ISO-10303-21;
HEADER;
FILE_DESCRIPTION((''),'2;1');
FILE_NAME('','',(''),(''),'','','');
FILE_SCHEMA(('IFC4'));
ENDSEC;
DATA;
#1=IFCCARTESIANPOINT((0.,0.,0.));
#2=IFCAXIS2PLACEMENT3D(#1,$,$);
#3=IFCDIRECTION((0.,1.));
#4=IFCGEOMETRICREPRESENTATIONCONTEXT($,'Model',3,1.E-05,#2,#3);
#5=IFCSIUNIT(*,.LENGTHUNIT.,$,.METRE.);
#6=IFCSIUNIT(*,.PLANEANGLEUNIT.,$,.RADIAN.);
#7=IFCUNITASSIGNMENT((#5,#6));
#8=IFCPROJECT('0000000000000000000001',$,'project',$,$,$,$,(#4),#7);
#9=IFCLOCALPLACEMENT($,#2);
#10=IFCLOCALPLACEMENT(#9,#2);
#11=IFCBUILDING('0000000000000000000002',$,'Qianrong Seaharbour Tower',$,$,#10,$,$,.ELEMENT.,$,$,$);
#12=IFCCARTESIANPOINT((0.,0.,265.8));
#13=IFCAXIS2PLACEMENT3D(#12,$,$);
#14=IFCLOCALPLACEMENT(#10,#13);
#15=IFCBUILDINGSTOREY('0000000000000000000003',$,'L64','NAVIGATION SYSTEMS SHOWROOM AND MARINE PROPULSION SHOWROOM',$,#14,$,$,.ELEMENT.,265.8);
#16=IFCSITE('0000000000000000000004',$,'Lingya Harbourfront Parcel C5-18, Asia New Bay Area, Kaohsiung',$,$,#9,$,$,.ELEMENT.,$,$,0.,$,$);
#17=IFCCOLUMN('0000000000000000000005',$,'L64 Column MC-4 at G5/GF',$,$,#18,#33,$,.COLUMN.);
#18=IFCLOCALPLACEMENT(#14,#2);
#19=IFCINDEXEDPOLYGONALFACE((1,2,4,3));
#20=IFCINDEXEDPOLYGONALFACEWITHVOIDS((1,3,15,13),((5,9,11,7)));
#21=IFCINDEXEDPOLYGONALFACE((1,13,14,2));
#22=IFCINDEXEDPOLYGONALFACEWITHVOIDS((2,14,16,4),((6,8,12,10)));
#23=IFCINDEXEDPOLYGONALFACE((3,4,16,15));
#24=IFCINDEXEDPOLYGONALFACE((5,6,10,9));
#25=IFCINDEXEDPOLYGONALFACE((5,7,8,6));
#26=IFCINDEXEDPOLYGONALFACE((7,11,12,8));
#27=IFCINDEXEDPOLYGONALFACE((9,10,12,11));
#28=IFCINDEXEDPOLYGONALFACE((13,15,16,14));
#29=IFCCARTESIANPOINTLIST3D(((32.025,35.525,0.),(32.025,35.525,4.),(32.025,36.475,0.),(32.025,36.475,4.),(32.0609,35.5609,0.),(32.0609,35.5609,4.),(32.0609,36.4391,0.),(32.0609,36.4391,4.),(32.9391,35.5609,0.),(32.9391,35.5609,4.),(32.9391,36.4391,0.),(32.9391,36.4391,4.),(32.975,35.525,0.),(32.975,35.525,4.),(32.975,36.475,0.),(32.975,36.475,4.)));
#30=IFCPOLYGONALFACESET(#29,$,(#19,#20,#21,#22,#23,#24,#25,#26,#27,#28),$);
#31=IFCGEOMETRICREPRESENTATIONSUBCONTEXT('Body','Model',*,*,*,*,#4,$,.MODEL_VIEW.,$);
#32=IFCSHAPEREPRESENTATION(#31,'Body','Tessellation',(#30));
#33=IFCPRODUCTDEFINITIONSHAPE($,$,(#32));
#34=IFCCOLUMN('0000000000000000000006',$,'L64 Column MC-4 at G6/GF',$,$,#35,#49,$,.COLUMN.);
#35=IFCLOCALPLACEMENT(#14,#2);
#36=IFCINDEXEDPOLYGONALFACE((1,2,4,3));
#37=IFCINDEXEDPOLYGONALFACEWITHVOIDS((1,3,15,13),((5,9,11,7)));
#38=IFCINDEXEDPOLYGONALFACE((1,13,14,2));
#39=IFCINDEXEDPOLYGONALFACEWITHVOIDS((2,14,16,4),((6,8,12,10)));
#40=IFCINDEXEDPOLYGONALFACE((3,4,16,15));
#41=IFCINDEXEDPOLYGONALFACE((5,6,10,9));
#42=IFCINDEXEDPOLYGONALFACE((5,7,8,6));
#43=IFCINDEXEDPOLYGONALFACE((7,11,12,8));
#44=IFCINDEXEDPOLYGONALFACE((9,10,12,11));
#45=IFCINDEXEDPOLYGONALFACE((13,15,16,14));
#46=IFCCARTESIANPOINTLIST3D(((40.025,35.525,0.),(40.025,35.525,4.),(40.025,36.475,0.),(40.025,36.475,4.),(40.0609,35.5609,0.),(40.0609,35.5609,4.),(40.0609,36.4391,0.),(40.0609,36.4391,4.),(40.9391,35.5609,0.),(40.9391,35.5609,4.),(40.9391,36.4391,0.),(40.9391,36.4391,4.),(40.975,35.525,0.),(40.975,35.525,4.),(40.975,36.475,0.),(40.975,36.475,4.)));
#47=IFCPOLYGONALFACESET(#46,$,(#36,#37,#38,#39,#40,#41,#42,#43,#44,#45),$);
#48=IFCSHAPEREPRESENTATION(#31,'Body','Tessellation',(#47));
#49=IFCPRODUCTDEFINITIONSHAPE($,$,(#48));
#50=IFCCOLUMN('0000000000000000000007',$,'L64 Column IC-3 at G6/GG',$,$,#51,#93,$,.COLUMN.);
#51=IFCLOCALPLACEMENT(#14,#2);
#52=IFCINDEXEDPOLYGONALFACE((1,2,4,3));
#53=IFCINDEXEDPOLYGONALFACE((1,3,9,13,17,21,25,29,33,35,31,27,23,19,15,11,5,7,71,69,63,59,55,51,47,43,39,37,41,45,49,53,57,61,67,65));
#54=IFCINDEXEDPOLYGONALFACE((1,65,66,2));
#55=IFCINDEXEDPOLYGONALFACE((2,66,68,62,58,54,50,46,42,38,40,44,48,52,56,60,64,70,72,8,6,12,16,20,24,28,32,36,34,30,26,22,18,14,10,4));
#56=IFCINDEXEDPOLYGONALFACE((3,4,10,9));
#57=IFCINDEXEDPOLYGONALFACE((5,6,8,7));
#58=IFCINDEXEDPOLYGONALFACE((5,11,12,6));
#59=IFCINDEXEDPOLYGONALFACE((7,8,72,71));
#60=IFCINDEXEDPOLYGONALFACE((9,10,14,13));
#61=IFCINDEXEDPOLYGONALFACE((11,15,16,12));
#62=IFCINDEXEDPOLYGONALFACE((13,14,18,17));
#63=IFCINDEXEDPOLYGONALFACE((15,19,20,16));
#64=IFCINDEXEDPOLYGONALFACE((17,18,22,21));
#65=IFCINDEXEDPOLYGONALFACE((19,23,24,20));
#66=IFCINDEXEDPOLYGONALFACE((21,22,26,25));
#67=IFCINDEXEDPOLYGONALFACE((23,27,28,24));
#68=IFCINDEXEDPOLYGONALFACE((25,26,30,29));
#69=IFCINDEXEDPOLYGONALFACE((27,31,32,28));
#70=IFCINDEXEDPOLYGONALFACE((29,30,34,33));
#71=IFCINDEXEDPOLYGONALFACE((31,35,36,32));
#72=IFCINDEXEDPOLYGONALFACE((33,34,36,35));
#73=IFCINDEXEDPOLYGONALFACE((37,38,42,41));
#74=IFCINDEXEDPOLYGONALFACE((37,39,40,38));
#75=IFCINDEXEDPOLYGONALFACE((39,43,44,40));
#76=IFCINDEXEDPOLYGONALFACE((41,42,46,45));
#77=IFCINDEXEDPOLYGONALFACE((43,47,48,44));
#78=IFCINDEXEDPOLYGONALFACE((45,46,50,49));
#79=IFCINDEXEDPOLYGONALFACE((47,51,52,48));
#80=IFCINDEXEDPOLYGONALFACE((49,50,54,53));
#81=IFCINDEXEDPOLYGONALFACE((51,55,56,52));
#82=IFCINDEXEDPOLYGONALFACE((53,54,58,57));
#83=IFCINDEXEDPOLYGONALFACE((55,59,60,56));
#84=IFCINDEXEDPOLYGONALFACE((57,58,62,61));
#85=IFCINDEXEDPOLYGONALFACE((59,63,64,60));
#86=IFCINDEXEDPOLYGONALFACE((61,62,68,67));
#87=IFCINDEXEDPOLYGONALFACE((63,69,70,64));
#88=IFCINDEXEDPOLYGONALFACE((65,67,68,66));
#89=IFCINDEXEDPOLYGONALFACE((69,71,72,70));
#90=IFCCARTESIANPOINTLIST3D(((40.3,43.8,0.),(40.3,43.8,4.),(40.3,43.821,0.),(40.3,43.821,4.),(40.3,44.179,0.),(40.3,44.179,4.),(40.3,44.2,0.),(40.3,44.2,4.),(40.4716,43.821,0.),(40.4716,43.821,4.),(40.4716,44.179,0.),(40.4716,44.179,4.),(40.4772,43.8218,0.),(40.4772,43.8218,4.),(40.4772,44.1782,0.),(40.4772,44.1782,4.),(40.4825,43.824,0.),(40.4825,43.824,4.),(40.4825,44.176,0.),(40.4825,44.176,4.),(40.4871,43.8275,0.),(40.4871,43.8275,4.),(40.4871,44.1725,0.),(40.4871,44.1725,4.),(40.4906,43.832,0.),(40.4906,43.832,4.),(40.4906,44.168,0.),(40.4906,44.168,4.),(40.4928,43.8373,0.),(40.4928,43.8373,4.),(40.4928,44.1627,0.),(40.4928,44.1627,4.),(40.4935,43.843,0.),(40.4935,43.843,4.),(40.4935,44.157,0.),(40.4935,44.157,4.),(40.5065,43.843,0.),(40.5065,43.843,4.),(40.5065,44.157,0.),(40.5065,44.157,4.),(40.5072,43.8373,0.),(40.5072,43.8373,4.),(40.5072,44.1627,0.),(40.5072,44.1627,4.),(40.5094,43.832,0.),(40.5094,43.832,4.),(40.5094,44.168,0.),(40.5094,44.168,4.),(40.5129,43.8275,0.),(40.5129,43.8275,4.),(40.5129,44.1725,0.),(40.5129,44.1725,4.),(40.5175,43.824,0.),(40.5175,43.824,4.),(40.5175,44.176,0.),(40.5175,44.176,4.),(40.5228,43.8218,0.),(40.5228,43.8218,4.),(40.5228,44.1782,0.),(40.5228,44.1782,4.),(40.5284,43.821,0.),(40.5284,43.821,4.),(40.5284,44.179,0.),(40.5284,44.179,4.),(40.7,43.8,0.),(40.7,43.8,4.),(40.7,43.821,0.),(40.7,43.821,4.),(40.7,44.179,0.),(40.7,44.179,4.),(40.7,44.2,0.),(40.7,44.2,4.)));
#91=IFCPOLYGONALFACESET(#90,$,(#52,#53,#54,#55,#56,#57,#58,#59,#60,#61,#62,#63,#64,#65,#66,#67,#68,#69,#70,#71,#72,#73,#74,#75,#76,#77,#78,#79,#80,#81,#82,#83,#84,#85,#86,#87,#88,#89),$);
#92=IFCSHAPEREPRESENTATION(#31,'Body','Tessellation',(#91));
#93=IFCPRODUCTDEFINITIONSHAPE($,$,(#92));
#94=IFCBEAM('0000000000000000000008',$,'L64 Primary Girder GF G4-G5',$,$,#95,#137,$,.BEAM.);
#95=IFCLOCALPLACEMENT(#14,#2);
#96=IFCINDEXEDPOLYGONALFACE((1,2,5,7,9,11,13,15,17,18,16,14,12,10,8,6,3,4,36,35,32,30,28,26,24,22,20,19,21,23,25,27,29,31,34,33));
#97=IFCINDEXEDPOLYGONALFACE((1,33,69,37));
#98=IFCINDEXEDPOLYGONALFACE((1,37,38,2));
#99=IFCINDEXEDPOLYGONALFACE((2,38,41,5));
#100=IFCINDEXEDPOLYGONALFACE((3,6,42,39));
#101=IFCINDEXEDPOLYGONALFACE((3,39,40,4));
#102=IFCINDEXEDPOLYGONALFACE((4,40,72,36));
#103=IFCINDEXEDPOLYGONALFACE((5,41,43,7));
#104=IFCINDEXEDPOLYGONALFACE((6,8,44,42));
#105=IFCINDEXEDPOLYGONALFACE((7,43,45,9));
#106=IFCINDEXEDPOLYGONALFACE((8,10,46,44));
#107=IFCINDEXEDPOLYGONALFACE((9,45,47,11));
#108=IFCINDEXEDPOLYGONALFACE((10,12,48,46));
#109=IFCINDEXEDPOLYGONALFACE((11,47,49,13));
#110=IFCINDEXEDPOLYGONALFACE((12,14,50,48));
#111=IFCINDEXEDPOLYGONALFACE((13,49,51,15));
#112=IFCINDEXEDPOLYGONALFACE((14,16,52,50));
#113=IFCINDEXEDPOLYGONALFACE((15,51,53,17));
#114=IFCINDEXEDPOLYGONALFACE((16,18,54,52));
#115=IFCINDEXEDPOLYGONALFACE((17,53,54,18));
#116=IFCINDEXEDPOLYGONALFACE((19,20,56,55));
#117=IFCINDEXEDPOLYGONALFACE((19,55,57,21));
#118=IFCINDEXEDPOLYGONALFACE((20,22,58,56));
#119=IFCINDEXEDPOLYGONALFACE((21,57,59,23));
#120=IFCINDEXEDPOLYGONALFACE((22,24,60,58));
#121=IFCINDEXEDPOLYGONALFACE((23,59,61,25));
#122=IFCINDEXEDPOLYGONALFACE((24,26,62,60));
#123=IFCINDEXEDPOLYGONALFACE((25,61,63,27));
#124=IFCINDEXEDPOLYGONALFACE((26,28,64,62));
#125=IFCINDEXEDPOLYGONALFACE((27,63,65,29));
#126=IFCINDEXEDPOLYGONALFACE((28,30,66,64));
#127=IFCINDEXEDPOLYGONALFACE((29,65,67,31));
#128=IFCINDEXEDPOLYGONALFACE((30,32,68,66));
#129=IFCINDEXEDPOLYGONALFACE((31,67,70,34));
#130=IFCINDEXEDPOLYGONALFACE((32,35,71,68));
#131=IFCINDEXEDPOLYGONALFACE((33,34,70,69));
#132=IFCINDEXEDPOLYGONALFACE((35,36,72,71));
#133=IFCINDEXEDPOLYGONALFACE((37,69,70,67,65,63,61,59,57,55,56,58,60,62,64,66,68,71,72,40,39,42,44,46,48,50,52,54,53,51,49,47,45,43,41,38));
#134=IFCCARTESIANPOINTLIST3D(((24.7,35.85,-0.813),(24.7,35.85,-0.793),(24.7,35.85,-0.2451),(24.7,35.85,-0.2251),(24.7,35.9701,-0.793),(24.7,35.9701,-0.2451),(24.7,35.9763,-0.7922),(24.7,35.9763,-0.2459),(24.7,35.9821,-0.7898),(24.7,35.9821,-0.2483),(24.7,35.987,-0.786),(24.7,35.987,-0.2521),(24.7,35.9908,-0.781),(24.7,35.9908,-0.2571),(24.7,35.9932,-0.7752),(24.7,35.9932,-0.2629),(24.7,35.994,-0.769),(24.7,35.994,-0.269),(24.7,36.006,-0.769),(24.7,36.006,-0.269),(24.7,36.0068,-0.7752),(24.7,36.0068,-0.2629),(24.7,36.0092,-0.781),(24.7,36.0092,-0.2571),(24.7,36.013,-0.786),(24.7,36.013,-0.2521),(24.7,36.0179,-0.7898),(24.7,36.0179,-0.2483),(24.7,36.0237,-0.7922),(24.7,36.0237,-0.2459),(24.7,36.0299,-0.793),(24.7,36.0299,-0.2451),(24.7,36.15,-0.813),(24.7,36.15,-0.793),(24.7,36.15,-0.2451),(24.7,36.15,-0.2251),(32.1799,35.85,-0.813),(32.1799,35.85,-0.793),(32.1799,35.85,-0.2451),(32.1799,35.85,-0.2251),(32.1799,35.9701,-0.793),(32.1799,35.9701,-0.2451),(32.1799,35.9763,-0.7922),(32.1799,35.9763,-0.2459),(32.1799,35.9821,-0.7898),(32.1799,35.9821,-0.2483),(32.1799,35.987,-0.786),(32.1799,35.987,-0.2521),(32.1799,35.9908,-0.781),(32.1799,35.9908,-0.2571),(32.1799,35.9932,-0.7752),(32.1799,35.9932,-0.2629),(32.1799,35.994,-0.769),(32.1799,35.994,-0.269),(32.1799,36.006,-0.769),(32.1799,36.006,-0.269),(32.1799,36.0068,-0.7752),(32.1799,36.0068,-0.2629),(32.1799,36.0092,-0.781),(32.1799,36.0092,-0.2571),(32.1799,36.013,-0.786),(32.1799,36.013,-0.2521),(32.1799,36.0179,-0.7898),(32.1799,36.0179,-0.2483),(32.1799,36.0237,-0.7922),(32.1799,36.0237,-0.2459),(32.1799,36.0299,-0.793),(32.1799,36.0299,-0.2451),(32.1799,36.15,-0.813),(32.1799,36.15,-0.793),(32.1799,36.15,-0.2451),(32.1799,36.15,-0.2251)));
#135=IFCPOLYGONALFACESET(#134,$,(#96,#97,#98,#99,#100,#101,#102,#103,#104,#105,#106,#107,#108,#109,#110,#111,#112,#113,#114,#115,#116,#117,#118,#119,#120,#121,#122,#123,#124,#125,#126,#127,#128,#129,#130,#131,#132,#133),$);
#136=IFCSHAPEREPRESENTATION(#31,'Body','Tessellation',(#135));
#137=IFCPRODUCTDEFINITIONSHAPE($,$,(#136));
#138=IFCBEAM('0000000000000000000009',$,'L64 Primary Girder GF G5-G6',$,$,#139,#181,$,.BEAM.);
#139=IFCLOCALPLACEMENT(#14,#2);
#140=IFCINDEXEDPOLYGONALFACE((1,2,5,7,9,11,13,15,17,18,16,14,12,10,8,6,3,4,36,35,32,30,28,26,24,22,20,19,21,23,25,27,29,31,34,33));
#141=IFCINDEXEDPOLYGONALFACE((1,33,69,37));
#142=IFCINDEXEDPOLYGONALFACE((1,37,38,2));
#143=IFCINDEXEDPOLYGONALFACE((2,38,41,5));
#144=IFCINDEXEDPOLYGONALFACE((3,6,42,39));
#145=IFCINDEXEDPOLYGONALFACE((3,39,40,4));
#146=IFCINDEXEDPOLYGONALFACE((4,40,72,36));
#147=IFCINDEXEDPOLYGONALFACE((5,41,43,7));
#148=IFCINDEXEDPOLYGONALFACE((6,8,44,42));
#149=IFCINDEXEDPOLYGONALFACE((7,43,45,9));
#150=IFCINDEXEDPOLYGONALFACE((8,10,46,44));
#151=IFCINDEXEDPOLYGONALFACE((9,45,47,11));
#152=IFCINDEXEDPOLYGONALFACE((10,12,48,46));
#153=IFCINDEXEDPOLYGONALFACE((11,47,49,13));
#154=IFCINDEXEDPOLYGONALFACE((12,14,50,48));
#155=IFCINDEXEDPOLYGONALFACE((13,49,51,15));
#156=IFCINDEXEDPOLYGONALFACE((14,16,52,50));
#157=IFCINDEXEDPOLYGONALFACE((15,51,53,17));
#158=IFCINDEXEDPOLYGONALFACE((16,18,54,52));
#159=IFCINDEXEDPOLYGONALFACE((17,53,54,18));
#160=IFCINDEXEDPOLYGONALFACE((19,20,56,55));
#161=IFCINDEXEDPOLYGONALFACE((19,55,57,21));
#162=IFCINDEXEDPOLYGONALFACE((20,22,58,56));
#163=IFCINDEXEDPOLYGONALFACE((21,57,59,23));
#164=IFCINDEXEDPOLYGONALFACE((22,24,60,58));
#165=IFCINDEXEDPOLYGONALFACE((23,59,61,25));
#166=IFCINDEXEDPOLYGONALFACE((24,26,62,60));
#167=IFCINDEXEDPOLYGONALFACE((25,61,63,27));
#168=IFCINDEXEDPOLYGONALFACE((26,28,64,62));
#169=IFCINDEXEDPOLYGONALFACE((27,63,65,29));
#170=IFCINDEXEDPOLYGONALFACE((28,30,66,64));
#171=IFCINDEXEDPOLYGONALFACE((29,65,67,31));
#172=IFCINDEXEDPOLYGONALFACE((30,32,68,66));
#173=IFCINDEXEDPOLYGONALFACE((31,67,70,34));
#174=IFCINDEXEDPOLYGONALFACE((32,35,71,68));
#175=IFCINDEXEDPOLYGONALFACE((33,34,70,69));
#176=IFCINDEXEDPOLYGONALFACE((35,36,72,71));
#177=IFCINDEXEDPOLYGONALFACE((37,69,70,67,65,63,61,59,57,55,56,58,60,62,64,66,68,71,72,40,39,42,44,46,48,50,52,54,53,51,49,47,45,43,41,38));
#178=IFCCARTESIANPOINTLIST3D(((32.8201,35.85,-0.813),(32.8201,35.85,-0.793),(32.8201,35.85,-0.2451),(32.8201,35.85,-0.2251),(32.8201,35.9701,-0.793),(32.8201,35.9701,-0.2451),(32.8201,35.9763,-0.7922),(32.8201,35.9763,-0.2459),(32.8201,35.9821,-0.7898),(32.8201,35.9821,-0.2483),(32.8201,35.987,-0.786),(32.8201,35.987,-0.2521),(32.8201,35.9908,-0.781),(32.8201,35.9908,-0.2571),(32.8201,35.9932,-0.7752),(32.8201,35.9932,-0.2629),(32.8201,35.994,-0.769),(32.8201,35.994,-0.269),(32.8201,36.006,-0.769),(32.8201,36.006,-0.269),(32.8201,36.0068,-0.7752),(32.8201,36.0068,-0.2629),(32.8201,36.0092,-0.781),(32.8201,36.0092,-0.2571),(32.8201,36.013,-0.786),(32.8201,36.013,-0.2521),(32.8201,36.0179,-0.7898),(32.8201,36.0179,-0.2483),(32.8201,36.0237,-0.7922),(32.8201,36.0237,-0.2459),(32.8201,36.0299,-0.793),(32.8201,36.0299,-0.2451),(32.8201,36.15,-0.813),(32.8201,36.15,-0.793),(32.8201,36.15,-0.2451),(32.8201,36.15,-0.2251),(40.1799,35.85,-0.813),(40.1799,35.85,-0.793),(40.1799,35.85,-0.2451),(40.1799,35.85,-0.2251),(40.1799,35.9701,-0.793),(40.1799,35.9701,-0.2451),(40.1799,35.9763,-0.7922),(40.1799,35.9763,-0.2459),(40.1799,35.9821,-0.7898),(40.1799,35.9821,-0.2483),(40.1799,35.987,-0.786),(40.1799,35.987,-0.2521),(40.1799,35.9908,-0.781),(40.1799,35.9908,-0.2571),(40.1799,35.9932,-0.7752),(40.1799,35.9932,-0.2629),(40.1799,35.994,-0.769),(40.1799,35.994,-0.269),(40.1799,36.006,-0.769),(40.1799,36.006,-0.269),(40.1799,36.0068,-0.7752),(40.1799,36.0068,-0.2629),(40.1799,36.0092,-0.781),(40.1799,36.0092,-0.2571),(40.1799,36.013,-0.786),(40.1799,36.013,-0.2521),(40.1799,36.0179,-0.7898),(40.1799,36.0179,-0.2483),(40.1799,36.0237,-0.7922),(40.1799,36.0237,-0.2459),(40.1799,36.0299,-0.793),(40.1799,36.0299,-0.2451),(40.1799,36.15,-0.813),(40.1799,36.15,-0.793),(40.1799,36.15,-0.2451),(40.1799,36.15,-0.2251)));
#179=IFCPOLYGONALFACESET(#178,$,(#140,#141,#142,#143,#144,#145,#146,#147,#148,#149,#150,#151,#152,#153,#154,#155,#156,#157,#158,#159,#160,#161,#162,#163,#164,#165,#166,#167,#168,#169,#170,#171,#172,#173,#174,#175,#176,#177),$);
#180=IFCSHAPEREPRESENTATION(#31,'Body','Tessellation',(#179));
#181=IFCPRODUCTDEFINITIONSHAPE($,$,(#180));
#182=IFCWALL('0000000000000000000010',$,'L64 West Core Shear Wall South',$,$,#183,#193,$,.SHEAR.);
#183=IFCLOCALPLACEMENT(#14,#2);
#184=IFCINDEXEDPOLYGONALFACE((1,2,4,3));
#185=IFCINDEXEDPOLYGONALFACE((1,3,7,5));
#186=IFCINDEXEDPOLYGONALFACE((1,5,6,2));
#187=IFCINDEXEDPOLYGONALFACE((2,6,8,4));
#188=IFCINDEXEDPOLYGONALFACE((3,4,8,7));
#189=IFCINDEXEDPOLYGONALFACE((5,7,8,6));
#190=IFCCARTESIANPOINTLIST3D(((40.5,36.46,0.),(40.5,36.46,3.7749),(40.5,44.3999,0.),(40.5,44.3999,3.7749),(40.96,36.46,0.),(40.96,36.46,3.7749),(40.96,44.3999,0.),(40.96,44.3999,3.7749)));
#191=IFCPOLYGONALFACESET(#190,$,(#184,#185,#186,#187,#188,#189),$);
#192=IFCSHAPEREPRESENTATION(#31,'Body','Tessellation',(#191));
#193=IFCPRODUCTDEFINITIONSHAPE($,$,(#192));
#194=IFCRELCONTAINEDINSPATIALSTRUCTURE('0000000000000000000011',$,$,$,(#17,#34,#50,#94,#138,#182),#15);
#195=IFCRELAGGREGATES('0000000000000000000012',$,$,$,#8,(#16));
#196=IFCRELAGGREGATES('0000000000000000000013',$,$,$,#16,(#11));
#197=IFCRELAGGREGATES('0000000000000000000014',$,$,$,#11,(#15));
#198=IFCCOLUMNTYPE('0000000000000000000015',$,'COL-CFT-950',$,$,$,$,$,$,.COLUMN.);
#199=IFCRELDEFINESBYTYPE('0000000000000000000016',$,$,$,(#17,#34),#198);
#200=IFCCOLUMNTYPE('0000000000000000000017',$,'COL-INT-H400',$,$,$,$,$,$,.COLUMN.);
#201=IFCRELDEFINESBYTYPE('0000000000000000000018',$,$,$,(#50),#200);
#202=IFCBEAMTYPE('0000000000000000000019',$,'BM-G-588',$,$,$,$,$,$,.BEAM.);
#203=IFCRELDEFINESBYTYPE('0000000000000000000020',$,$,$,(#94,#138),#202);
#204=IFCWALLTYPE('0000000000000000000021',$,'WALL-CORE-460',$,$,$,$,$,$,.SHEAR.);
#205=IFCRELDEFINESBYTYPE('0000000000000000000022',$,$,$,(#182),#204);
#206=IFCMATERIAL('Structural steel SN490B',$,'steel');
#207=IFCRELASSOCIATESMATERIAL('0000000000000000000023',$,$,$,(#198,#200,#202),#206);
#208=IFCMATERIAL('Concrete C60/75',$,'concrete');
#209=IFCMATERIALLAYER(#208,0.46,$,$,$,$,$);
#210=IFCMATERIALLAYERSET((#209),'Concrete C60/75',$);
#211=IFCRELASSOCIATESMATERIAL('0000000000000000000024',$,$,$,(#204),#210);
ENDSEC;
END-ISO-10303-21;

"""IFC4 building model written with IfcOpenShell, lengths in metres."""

from ifc_helpers import new_model, si_unit, direction, frame, frame_2d, origin, origin_2d, place, context, subcontext, project, spatial, rectangle, hollow_rectangle, i_section, extrude, material, layer, layer_set, material_profile, profile_set, type_object, element, save


model = new_model("IFC4")

# Units and contexts
model_context = context("Model", 3, precision=1e-05, world=origin(), true_north=direction((0.0, 1.0)))
body_context = subcontext(model_context, "Body", "Model", "MODEL_VIEW")
ifc_project = project(units=[si_unit("LENGTHUNIT", "METRE"), si_unit("PLANEANGLEUNIT", "RADIAN")], contexts=[model_context])

# Site, building, storey
site_placement = place(None, origin())
site = spatial("IfcSite", under=ifc_project, at=site_placement, Name="Lingya Harbourfront Parcel C5-18, Asia New Bay Area, Kaohsiung", CompositionType="ELEMENT", RefElevation=0.0)
building_placement = place(site_placement, origin())
building = spatial("IfcBuilding", under=site, at=building_placement, Name="Qianrong Seaharbour Tower", CompositionType="ELEMENT")
storey_placement = place(building_placement, frame((0.0, 0.0, 265.8)))
storey = spatial("IfcBuildingStorey", under=building, at=storey_placement, Name="L64", Description="NAVIGATION SYSTEMS SHOWROOM AND MARINE PROPULSION SHOWROOM", CompositionType="ELEMENT", Elevation=265.8)

# Columns
ifc_material_1 = material(Name="Structural steel SN490B", Category="steel")
ifc_material_profile_1 = material_profile(ifc_material_1, hollow_rectangle(XDim=0.95, YDim=0.95, WallThickness=0.0359, at=origin_2d()), Name="BOX950x950x36")
ifc_profile_set_1 = profile_set([ifc_material_profile_1], Name="Structural steel SN490B")
column_type_1 = type_object("IfcColumnType", Name="COL-CFT-950", PredefinedType="COLUMN", material=ifc_profile_set_1)
for number, where, z_axis, x_axis, name in (
    (1, (32.5, 36.0, 0.0), (0.0, 0.0, 1.0), (1.0, 0.0, 0.0), "L64 Column MC-4 at G5/GF"),
    (2, (40.5, 36.0, 0.0), (0.0, 0.0, 1.0), (1.0, 0.0, 0.0), "L64 Column MC-4 at G6/GF"),
):
    element("IfcColumn", number, at=place(storey_placement, frame(where, z_axis=z_axis, x_axis=x_axis)), inside=storey, type_object=column_type_1, Name=name, PredefinedType="COLUMN", context=body_context, shape_type="SweptSolid", body=[
        extrude(hollow_rectangle(XDim=0.95, YDim=0.95, WallThickness=0.0359, at=origin_2d()), origin(), (0.0, 0.0, 1.0), 4.0),
    ])
ifc_material_profile_2 = material_profile(ifc_material_1, i_section(OverallWidth=0.3999, OverallDepth=0.3999, WebThickness=0.0129, FlangeThickness=0.021, FilletRadius=0.022, at=origin_2d()), Name="H400x400x13x21")
ifc_profile_set_2 = profile_set([ifc_material_profile_2], Name="Structural steel SN490B")
column_type_2 = type_object("IfcColumnType", Name="COL-INT-H400", PredefinedType="COLUMN", material=ifc_profile_set_2)
column_placement = place(storey_placement, frame((40.5, 44.0, 0.0), z_axis=(0.0, 0.0, 1.0), x_axis=(1.0, 0.0, 0.0)))
element("IfcColumn", 3, at=column_placement, inside=storey, type_object=column_type_2, Name="L64 Column IC-3 at G6/GG", PredefinedType="COLUMN", context=body_context, shape_type="SweptSolid", body=[
    extrude(i_section(OverallWidth=0.3999, OverallDepth=0.3999, WebThickness=0.0129, FlangeThickness=0.021, FilletRadius=0.022, at=origin_2d()), origin(), (0.0, 0.0, 1.0), 4.0),
])

# Beams
ifc_material_profile_3 = material_profile(ifc_material_1, i_section(OverallWidth=0.3, OverallDepth=0.5879, WebThickness=0.012, FlangeThickness=0.02, FilletRadius=0.0239, at=origin_2d()), Name="H588x300x12x20")
ifc_profile_set_3 = profile_set([ifc_material_profile_3], Name="Structural steel SN490B")
beam_type = type_object("IfcBeamType", Name="BM-G-588", PredefinedType="BEAM", material=ifc_profile_set_3)
beam_1_placement = place(storey_placement, frame((24.7, 36.0, -0.519), z_axis=(1.0, 0.0, 0.0), x_axis=(0.0, 1.0, 0.0)))
element("IfcBeam", 4, at=beam_1_placement, inside=storey, type_object=beam_type, Name="L64 Primary Girder GF G4-G5", PredefinedType="BEAM", context=body_context, shape_type="SweptSolid", body=[
    extrude(i_section(OverallWidth=0.3, OverallDepth=0.5879, WebThickness=0.012, FlangeThickness=0.02, FilletRadius=0.0239, at=origin_2d()), origin(), (0.0, 0.0, 1.0), 7.48),
])
beam_2_placement = place(storey_placement, frame((32.8201, 36.0, -0.519), z_axis=(1.0, 0.0, 0.0), x_axis=(0.0, 1.0, 0.0)))
element("IfcBeam", 5, at=beam_2_placement, inside=storey, type_object=beam_type, Name="L64 Primary Girder GF G5-G6", PredefinedType="BEAM", context=body_context, shape_type="SweptSolid", body=[
    extrude(i_section(OverallWidth=0.3, OverallDepth=0.5879, WebThickness=0.012, FlangeThickness=0.02, FilletRadius=0.0239, at=origin_2d()), origin(), (0.0, 0.0, 1.0), 7.3599),
])

# Wall
ifc_material_2 = material(Name="Concrete C60/75", Category="concrete")
ifc_layer_1 = layer(ifc_material_2, 0.46)
ifc_layer_set_1 = layer_set([ifc_layer_1], Name="Concrete C60/75")
wall_type_1 = type_object("IfcWallType", Name="WALL-CORE-460", PredefinedType="SHEAR", material=ifc_layer_set_1)
wall_1_placement = place(storey_placement, frame((40.73, 36.46, 0.0), z_axis=(0.0, 0.0, 1.0), x_axis=(0.0, 1.0, 0.0)))
element("IfcWall", 6, at=wall_1_placement, inside=storey, type_object=wall_type_1, Name="L64 West Core Shear Wall South", PredefinedType="SHEAR", context=body_context, shape_type="SweptSolid", body=[
    extrude(rectangle(XDim=7.9399, YDim=0.46, at=frame_2d((3.97, 0.0))), origin(), (0.0, 0.0, 1.0), 3.7749),
])

save(model, "model.ifc")
